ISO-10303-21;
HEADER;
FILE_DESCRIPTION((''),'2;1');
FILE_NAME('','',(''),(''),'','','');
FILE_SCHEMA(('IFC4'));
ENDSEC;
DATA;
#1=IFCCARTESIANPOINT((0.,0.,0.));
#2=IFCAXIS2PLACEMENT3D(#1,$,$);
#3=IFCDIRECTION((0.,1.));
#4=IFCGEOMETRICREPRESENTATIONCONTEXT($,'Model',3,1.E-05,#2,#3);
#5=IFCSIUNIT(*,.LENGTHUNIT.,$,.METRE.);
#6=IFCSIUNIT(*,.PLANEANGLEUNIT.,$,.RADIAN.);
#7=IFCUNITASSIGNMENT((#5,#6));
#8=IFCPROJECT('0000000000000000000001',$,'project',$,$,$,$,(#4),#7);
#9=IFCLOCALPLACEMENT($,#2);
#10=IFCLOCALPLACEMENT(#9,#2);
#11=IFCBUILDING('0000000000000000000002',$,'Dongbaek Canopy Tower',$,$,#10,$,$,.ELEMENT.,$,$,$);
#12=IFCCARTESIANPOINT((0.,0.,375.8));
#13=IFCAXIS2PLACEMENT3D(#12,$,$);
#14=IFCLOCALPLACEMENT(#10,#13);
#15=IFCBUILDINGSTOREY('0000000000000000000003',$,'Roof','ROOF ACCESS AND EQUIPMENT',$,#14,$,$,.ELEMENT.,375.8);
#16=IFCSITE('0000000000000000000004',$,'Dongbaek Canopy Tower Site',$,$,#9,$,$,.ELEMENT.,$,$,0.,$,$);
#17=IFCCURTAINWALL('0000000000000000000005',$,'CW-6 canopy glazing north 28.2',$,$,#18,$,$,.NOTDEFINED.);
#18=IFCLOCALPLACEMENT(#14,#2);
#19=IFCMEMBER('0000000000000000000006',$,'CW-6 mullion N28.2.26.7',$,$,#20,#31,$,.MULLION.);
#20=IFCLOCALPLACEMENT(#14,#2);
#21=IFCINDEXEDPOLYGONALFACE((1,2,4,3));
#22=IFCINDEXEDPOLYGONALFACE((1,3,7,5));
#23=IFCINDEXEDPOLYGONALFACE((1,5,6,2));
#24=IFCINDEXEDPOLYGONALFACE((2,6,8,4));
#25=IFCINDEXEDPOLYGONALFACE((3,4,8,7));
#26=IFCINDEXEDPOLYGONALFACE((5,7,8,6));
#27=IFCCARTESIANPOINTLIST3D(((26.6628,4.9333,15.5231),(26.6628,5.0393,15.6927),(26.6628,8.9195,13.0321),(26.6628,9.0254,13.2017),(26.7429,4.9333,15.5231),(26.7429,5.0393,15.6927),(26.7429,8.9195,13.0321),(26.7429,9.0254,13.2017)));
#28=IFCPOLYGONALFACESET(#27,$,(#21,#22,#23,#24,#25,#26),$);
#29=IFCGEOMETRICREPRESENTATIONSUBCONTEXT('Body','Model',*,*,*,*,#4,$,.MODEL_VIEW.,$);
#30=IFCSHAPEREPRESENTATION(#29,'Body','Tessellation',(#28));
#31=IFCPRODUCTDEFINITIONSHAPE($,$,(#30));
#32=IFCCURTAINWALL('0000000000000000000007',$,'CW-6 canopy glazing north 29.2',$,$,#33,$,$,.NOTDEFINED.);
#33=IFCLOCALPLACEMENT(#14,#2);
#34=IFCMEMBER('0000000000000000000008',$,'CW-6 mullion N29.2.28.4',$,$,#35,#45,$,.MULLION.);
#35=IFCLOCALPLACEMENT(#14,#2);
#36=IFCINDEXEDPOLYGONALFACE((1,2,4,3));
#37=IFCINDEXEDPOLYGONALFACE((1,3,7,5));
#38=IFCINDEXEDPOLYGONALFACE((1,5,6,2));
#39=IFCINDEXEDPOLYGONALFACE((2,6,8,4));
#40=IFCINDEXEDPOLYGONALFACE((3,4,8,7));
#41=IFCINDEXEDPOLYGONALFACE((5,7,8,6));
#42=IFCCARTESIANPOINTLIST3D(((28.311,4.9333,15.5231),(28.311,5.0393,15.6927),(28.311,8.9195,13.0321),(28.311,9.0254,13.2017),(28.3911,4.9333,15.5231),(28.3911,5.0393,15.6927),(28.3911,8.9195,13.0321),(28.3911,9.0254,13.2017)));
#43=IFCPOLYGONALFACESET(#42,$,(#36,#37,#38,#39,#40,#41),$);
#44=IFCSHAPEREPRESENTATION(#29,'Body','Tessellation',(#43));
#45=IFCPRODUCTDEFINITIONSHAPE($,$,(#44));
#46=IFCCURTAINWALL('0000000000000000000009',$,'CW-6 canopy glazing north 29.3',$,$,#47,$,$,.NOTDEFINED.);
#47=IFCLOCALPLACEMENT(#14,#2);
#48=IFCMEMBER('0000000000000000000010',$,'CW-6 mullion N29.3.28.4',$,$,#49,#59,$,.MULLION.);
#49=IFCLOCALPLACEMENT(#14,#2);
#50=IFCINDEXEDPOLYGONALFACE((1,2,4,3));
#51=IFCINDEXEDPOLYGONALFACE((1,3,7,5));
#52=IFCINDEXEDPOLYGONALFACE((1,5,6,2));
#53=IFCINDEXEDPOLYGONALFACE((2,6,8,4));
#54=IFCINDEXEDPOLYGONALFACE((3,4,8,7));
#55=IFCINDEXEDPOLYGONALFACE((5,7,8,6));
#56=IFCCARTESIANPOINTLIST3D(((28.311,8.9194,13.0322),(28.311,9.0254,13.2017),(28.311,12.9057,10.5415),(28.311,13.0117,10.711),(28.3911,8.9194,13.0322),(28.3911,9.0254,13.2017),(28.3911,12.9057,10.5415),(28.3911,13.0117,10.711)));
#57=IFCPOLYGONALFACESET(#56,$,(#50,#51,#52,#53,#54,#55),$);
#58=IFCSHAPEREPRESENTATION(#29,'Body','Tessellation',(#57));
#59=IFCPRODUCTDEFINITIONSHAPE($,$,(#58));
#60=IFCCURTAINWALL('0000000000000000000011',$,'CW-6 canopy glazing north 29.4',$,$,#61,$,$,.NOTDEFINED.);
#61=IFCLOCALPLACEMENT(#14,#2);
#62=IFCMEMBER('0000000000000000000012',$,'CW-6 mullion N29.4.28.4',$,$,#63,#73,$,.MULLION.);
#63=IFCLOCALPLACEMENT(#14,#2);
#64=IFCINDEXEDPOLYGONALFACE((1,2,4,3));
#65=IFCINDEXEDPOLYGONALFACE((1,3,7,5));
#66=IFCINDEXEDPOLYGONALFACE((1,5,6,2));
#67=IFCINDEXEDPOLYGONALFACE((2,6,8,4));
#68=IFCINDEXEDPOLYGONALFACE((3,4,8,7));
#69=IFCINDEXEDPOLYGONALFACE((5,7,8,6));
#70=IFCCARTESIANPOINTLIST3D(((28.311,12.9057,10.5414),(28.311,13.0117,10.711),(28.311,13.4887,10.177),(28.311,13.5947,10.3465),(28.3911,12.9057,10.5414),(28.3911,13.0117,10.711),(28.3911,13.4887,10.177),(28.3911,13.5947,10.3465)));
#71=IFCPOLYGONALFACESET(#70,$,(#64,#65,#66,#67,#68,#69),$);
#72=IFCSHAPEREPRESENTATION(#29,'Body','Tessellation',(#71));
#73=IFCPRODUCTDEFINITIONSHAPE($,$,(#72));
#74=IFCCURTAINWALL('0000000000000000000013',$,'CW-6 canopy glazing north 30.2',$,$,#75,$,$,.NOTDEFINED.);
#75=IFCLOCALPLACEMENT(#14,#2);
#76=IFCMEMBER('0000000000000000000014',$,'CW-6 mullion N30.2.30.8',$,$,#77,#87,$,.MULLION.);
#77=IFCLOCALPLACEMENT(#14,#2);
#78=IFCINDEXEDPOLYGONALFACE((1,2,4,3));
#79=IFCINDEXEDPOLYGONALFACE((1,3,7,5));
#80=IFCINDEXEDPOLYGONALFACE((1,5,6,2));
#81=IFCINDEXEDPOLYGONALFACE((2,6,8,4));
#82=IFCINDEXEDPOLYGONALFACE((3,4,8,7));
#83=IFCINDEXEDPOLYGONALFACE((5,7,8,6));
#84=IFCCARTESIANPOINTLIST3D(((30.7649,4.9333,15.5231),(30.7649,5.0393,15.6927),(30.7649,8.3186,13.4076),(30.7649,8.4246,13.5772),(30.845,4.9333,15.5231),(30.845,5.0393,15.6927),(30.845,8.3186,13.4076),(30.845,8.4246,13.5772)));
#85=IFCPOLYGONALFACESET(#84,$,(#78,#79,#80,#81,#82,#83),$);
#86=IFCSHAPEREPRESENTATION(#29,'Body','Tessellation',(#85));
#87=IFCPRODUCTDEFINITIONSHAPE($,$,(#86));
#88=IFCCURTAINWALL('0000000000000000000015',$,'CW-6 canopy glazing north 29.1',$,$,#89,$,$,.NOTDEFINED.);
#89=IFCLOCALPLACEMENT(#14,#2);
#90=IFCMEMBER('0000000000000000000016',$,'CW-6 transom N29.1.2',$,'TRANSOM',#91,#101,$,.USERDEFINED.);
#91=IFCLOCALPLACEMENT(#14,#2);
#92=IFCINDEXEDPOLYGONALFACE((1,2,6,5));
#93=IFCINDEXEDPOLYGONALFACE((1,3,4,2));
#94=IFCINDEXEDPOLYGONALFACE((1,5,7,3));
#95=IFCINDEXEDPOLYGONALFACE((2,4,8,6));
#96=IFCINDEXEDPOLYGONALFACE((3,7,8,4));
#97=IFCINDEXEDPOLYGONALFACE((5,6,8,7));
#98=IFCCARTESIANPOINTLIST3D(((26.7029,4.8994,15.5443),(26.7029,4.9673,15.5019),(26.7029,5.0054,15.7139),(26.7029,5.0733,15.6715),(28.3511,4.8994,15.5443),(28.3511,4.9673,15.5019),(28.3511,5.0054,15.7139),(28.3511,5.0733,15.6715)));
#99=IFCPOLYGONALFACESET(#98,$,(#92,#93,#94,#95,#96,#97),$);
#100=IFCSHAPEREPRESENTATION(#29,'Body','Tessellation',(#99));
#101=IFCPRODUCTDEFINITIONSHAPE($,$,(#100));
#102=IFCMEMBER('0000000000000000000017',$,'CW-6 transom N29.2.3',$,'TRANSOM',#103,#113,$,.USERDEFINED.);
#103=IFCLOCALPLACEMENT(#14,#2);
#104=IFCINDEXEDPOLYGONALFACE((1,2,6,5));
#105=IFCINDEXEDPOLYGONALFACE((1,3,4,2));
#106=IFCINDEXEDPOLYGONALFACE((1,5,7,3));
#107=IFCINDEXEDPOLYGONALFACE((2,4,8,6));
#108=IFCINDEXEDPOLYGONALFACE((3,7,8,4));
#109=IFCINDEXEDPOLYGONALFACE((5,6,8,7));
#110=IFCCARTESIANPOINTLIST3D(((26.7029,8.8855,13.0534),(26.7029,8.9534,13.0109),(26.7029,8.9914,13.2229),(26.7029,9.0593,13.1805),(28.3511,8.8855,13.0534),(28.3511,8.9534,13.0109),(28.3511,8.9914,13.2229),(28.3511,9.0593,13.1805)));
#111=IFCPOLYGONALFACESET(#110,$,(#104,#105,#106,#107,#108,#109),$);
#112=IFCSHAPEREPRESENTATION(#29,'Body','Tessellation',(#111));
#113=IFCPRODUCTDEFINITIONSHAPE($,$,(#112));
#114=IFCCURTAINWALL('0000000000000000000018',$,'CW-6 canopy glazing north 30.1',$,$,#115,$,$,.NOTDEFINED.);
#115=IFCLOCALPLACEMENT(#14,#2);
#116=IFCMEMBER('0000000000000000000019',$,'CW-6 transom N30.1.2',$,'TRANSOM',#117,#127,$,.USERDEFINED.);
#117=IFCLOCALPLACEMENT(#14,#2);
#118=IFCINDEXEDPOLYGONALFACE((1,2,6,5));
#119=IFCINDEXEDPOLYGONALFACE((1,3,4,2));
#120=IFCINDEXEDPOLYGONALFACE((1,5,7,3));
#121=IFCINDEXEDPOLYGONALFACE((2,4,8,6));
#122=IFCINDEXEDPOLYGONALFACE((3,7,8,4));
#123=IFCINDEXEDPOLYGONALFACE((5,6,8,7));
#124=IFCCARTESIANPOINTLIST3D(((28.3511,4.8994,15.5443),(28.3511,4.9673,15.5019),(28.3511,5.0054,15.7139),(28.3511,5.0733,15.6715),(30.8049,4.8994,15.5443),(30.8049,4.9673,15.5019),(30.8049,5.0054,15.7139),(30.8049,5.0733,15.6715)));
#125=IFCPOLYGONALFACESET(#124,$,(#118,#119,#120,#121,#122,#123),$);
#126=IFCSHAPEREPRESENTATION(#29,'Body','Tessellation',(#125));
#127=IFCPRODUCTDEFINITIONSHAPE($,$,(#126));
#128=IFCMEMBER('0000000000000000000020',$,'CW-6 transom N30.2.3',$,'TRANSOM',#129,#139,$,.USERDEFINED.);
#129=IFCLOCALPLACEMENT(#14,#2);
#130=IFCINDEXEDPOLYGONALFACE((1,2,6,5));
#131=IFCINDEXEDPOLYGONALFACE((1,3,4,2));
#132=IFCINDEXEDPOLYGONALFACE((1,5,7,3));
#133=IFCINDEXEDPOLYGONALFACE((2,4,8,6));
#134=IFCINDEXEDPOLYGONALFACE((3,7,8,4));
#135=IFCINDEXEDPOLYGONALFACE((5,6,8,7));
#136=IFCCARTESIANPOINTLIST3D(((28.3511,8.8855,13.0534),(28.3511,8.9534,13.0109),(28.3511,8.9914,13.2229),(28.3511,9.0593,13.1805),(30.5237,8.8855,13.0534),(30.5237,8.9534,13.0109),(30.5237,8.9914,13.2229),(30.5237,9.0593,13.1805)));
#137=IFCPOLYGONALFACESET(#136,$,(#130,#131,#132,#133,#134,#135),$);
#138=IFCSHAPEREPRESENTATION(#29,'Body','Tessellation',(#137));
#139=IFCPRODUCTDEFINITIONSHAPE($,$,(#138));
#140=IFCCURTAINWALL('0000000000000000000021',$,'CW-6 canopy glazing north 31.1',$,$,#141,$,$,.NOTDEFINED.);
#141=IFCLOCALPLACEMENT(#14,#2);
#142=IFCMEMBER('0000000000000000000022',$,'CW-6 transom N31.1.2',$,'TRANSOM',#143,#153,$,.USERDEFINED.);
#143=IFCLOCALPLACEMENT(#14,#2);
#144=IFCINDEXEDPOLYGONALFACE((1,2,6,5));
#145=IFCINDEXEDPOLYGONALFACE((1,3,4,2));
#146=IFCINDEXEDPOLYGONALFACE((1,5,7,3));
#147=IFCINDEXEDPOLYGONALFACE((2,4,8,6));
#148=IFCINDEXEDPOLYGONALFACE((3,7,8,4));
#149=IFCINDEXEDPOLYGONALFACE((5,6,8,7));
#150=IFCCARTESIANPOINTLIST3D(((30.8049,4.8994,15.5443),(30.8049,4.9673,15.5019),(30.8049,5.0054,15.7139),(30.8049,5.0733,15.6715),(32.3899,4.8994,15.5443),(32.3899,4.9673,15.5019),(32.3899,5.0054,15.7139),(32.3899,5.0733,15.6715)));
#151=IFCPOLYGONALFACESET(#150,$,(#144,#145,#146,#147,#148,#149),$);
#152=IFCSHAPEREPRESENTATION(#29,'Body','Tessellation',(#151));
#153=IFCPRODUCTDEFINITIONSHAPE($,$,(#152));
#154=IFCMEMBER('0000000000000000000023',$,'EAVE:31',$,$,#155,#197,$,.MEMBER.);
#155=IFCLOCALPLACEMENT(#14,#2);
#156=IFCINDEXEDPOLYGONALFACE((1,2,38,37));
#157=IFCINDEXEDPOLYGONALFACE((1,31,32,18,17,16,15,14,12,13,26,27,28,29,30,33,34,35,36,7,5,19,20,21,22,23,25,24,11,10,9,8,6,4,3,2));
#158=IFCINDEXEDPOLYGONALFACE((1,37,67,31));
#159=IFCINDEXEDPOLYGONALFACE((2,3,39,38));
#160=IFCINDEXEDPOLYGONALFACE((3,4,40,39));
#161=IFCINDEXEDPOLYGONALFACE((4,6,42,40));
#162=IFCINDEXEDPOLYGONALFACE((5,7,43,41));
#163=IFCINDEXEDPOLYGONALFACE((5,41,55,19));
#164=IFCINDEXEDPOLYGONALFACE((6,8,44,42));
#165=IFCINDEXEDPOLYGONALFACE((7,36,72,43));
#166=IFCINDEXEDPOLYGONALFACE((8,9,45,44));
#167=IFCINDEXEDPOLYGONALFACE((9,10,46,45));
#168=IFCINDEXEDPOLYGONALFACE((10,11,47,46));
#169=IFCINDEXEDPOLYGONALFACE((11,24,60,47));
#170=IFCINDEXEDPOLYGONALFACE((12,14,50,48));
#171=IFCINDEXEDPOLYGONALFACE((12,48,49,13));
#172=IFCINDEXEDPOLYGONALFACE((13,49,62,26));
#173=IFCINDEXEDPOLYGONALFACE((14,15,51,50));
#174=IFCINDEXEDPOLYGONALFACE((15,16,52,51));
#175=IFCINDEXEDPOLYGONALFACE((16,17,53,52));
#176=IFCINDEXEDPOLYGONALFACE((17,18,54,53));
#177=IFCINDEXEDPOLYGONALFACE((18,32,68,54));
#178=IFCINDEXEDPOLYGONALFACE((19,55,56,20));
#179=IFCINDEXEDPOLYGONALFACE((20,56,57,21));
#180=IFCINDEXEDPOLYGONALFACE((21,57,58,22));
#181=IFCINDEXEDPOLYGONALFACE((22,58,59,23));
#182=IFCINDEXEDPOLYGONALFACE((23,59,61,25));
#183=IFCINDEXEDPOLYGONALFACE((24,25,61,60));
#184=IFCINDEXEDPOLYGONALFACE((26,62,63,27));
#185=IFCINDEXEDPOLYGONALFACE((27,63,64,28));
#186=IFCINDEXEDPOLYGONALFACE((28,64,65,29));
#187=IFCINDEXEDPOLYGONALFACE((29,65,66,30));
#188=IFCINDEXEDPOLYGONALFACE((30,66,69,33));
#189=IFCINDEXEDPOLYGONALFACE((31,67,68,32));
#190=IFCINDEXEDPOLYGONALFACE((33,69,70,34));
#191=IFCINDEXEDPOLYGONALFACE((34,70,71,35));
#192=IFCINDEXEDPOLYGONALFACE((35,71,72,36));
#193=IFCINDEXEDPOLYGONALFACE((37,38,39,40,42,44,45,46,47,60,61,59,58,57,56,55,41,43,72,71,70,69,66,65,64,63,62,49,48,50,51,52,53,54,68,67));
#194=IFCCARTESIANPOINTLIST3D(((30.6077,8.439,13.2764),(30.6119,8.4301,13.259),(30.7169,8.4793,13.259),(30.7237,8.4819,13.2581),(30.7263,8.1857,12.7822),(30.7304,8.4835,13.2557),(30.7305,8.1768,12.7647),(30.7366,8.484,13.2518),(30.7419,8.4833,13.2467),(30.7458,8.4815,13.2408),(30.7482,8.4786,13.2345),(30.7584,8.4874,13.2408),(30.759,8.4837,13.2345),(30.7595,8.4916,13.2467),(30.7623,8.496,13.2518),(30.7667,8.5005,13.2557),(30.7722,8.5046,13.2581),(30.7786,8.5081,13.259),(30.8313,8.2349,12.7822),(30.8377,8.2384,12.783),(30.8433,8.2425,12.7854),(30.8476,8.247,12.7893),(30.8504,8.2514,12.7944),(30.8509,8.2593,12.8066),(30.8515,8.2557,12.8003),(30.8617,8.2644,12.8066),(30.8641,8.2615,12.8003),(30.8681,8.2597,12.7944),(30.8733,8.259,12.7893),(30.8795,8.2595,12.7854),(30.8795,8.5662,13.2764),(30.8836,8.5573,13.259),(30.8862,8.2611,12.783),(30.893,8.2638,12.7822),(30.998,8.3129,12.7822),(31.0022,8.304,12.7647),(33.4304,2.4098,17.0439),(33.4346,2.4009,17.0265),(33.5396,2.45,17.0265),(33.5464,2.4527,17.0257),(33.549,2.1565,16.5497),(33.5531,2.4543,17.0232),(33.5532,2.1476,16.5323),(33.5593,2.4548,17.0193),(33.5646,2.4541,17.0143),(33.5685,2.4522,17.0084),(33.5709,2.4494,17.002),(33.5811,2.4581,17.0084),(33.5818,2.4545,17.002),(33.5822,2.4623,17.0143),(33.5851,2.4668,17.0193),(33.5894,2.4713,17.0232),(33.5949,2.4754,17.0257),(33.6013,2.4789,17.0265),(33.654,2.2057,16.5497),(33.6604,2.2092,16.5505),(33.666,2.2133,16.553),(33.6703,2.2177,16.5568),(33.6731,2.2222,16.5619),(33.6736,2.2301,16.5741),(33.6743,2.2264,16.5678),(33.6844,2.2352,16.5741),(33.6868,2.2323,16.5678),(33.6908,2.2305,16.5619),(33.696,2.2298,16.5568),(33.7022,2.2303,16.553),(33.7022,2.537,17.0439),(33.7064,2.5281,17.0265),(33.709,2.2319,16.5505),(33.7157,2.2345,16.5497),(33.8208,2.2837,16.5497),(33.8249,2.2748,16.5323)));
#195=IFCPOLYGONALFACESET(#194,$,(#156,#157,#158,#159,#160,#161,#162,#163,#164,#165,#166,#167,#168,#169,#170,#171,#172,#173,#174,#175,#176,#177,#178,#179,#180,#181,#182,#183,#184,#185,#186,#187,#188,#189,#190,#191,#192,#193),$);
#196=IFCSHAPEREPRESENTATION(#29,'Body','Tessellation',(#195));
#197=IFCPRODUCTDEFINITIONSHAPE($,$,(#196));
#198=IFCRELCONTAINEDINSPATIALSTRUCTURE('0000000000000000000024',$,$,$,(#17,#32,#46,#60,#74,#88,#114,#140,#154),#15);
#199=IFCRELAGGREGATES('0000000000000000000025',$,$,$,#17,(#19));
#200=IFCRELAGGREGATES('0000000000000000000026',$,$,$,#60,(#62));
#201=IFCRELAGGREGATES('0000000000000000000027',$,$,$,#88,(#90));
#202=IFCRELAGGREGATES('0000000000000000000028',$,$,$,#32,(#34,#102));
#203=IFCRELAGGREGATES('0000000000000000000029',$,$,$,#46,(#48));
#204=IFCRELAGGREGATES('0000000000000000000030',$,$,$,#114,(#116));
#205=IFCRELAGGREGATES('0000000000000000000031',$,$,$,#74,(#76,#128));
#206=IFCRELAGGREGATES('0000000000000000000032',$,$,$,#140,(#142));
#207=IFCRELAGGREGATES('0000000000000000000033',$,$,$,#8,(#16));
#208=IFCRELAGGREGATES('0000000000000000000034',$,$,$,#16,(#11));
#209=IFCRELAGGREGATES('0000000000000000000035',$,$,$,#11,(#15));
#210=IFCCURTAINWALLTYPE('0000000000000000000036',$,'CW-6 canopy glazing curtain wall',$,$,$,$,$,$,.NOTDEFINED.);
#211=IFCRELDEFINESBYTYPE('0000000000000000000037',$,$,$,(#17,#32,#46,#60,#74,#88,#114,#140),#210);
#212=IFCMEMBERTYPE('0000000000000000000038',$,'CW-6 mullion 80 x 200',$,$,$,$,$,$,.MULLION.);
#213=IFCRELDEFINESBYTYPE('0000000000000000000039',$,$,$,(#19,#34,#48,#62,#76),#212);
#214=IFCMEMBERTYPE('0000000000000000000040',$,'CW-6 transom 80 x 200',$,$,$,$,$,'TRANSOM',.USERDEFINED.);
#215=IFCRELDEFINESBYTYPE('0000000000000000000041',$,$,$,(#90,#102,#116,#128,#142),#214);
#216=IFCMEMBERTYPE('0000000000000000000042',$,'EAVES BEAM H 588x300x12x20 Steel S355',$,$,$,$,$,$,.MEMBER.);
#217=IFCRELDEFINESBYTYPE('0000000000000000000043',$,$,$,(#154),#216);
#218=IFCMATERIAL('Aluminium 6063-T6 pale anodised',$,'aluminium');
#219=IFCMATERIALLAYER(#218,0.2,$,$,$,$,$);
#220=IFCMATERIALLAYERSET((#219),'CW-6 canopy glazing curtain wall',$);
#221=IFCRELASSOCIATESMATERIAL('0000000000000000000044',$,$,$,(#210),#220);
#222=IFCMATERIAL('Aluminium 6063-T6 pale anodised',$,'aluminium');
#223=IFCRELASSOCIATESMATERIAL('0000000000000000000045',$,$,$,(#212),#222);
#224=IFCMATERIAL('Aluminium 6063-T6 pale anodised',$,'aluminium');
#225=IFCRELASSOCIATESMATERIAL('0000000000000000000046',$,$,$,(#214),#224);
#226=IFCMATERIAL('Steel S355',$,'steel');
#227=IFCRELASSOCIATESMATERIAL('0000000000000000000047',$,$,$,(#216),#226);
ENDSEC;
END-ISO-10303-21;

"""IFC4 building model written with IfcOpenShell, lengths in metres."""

from ifc_helpers import new_model, si_unit, direction, frame, origin, origin_2d, place, context, subcontext, project, spatial, rectangle, i_section, extrude, material, layer, layer_set, material_profile, profile_set, type_object, element, aggregate, save


model = new_model("IFC4")

# Units and contexts
model_context = context("Model", 3, precision=1e-05, world=origin(), true_north=direction((0.0, 1.0)))
body_context = subcontext(model_context, "Body", "Model", "MODEL_VIEW")
ifc_project = project(units=[si_unit("LENGTHUNIT", "METRE"), si_unit("PLANEANGLEUNIT", "RADIAN")], contexts=[model_context])

# Site, building, storey
site_placement = place(None, origin())
site = spatial("IfcSite", under=ifc_project, at=site_placement, Name="Dongbaek Canopy Tower Site", CompositionType="ELEMENT", RefElevation=0.0)
building_placement = place(site_placement, origin())
building = spatial("IfcBuilding", under=site, at=building_placement, Name="Dongbaek Canopy Tower", CompositionType="ELEMENT")
storey_placement = place(building_placement, frame((0.0, 0.0, 375.8)))
storey = spatial("IfcBuildingStorey", under=building, at=storey_placement, Name="Roof", Description="ROOF ACCESS AND EQUIPMENT", CompositionType="ELEMENT", Elevation=375.8)

# Curtain walls, members
ifc_material_1 = material(Name="Aluminium 6063-T6 pale anodised", Category="aluminium")
ifc_layer_1 = layer(ifc_material_1, 0.2)
ifc_layer_set_1 = layer_set([ifc_layer_1], Name="CW-6 canopy glazing curtain wall")
curtain_wall_type = type_object("IfcCurtainWallType", Name="CW-6 canopy glazing curtain wall", PredefinedType="NOTDEFINED", material=ifc_layer_set_1)
curtain_wall_1_placement = place(storey_placement, origin())
curtain_wall_1 = element("IfcCurtainWall", 1, at=curtain_wall_1_placement, inside=storey, type_object=curtain_wall_type, Name="CW-6 canopy glazing north 28.2", PredefinedType="NOTDEFINED")
ifc_material_2 = material(Name="Aluminium 6063-T6 pale anodised", Category="aluminium")
ifc_material_profile_1 = material_profile(ifc_material_2, rectangle(XDim=0.0801, YDim=0.2, at=origin_2d()), Name="CW-6 mullion 80 x 200")
ifc_profile_set_1 = profile_set([ifc_material_profile_1], Name="Aluminium 6063-T6 pale anodised")
member_type_1 = type_object("IfcMemberType", Name="CW-6 mullion 80 x 200", PredefinedType="MULLION", material=ifc_profile_set_1)
member_1_placement = place(storey_placement, frame((26.7029, 4.9863, 15.6079), z_axis=(0.0, 0.84803, -0.529948), x_axis=(-1.0, 0.0, 0.0)))
member_1 = element("IfcMember", 2, at=member_1_placement, type_object=member_type_1, Name="CW-6 mullion N28.2.26.7", PredefinedType="MULLION", context=body_context, shape_type="SweptSolid", body=[
    extrude(rectangle(XDim=0.0801, YDim=0.2, at=origin_2d()), origin(), (0.0, 0.0, 1.0), 4.7004),
])
aggregate(curtain_wall_1, [member_1])
curtain_wall_2_placement = place(storey_placement, origin())
curtain_wall_2 = element("IfcCurtainWall", 3, at=curtain_wall_2_placement, inside=storey, type_object=curtain_wall_type, Name="CW-6 canopy glazing north 29.2", PredefinedType="NOTDEFINED")
member_2_placement = place(storey_placement, frame((28.3511, 4.9863, 15.6079), z_axis=(0.0, 0.84803, -0.529948), x_axis=(-1.0, 0.0, 0.0)))
member_2 = element("IfcMember", 4, at=member_2_placement, type_object=member_type_1, Name="CW-6 mullion N29.2.28.4", PredefinedType="MULLION", context=body_context, shape_type="SweptSolid", body=[
    extrude(rectangle(XDim=0.0801, YDim=0.2, at=origin_2d()), origin(), (0.0, 0.0, 1.0), 4.7004),
])
curtain_wall_3_placement = place(storey_placement, origin())
curtain_wall_3 = element("IfcCurtainWall", 5, at=curtain_wall_3_placement, inside=storey, type_object=curtain_wall_type, Name="CW-6 canopy glazing north 29.3", PredefinedType="NOTDEFINED")
member_3_placement = place(storey_placement, frame((28.3511, 8.9724, 13.1169), z_axis=(0.0, 0.848068, -0.529887), x_axis=(-1.0, 0.0, 0.0)))
member_3 = element("IfcMember", 6, at=member_3_placement, type_object=member_type_1, Name="CW-6 mullion N29.3.28.4", PredefinedType="MULLION", context=body_context, shape_type="SweptSolid", body=[
    extrude(rectangle(XDim=0.0801, YDim=0.2, at=origin_2d()), origin(), (0.0, 0.0, 1.0), 4.7004),
])
curtain_wall_4_placement = place(storey_placement, origin())
curtain_wall_4 = element("IfcCurtainWall", 7, at=curtain_wall_4_placement, inside=storey, type_object=curtain_wall_type, Name="CW-6 canopy glazing north 29.4", PredefinedType="NOTDEFINED")
member_4_placement = place(storey_placement, frame((28.3511, 12.9587, 10.6262), z_axis=(0.0, 0.847919, -0.530127), x_axis=(-1.0, 0.0, 0.0)))
member_4 = element("IfcMember", 8, at=member_4_placement, type_object=member_type_1, Name="CW-6 mullion N29.4.28.4", PredefinedType="MULLION", context=body_context, shape_type="SweptSolid", body=[
    extrude(rectangle(XDim=0.0801, YDim=0.2, at=origin_2d()), origin(), (0.0, 0.0, 1.0), 0.6875),
])
aggregate(curtain_wall_4, [member_4])
curtain_wall_5_placement = place(storey_placement, origin())
curtain_wall_5 = element("IfcCurtainWall", 9, at=curtain_wall_5_placement, inside=storey, type_object=curtain_wall_type, Name="CW-6 canopy glazing north 30.2", PredefinedType="NOTDEFINED")
member_5_placement = place(storey_placement, frame((30.8049, 4.9863, 15.6079), z_axis=(0.0, 0.848033, -0.529944), x_axis=(-1.0, 0.0, 0.0)))
member_5 = element("IfcMember", 10, at=member_5_placement, type_object=member_type_1, Name="CW-6 mullion N30.2.30.8", PredefinedType="MULLION", context=body_context, shape_type="SweptSolid", body=[
    extrude(rectangle(XDim=0.0801, YDim=0.2, at=origin_2d()), origin(), (0.0, 0.0, 1.0), 3.9919),
])
curtain_wall_6_placement = place(storey_placement, origin())
curtain_wall_6 = element("IfcCurtainWall", 11, at=curtain_wall_6_placement, inside=storey, type_object=curtain_wall_type, Name="CW-6 canopy glazing north 29.1", PredefinedType="NOTDEFINED")
ifc_material_3 = material(Name="Aluminium 6063-T6 pale anodised", Category="aluminium")
ifc_material_profile_2 = material_profile(ifc_material_3, rectangle(XDim=0.0801, YDim=0.2, at=origin_2d()), Name="CW-6 transom 80 x 200")
ifc_profile_set_2 = profile_set([ifc_material_profile_2], Name="Aluminium 6063-T6 pale anodised")
member_type_2 = type_object("IfcMemberType", Name="CW-6 transom 80 x 200", ElementType="TRANSOM", PredefinedType="USERDEFINED", material=ifc_profile_set_2)
member_6_placement = place(storey_placement, frame((26.7029, 4.9863, 15.6079), z_axis=(1.0, 0.0, 0.0), x_axis=(0.0, 0.848048, -0.529919)))
member_6 = element("IfcMember", 12, at=member_6_placement, type_object=member_type_2, Name="CW-6 transom N29.1.2", ObjectType="TRANSOM", PredefinedType="USERDEFINED", context=body_context, shape_type="SweptSolid", body=[
    extrude(rectangle(XDim=0.0801, YDim=0.2, at=origin_2d()), origin(), (0.0, 0.0, 1.0), 1.6482),
])
aggregate(curtain_wall_6, [member_6])

# Member
member_7_placement = place(storey_placement, frame((26.7029, 8.9724, 13.1169), z_axis=(1.0, 0.0, 0.0), x_axis=(0.0, 0.848048, -0.529919)))
member_7 = element("IfcMember", 13, at=member_7_placement, type_object=member_type_2, Name="CW-6 transom N29.2.3", ObjectType="TRANSOM", PredefinedType="USERDEFINED", context=body_context, shape_type="SweptSolid", body=[
    extrude(rectangle(XDim=0.0801, YDim=0.2, at=origin_2d()), origin(), (0.0, 0.0, 1.0), 1.6482),
])

# Curtain wall, member
curtain_wall_7_placement = place(storey_placement, origin())
curtain_wall_7 = element("IfcCurtainWall", 14, at=curtain_wall_7_placement, inside=storey, type_object=curtain_wall_type, Name="CW-6 canopy glazing north 30.1", PredefinedType="NOTDEFINED")
member_8_placement = place(storey_placement, frame((28.3511, 4.9863, 15.6079), z_axis=(1.0, 0.0, 0.0), x_axis=(0.0, 0.848048, -0.529919)))
member_8 = element("IfcMember", 15, at=member_8_placement, type_object=member_type_2, Name="CW-6 transom N30.1.2", ObjectType="TRANSOM", PredefinedType="USERDEFINED", context=body_context, shape_type="SweptSolid", body=[
    extrude(rectangle(XDim=0.0801, YDim=0.2, at=origin_2d()), origin(), (0.0, 0.0, 1.0), 2.4539),
])

# Member
member_9_placement = place(storey_placement, frame((28.3511, 8.9724, 13.1169), z_axis=(1.0, 0.0, 0.0), x_axis=(0.0, 0.848048, -0.529919)))
member_9 = element("IfcMember", 16, at=member_9_placement, type_object=member_type_2, Name="CW-6 transom N30.2.3", ObjectType="TRANSOM", PredefinedType="USERDEFINED", context=body_context, shape_type="SweptSolid", body=[
    extrude(rectangle(XDim=0.0801, YDim=0.2, at=origin_2d()), origin(), (0.0, 0.0, 1.0), 2.1726),
])

# Curtain wall, member
curtain_wall_8_placement = place(storey_placement, origin())
curtain_wall_8 = element("IfcCurtainWall", 17, at=curtain_wall_8_placement, inside=storey, type_object=curtain_wall_type, Name="CW-6 canopy glazing north 31.1", PredefinedType="NOTDEFINED")
member_10_placement = place(storey_placement, frame((30.8049, 4.9863, 15.6079), z_axis=(1.0, 0.0, 0.0), x_axis=(0.0, 0.848048, -0.529919)))
member_10 = element("IfcMember", 18, at=member_10_placement, type_object=member_type_2, Name="CW-6 transom N31.1.2", ObjectType="TRANSOM", PredefinedType="USERDEFINED", context=body_context, shape_type="SweptSolid", body=[
    extrude(rectangle(XDim=0.0801, YDim=0.2, at=origin_2d()), origin(), (0.0, 0.0, 1.0), 1.585),
])

# Member
ifc_material_4 = material(Name="Steel S355", Category="steel")
ifc_material_profile_3 = material_profile(ifc_material_4, i_section(OverallWidth=0.3, OverallDepth=0.5879, WebThickness=0.012, FlangeThickness=0.02, FilletRadius=0.0281, at=origin_2d()), Name="EAVES BEAM H 588x300x12x20 Steel S355")
ifc_profile_set_3 = profile_set([ifc_material_profile_3], Name="Steel S355")
member_type_3 = type_object("IfcMemberType", Name="EAVES BEAM H 588x300x12x20 Steel S355", PredefinedType="MEMBER", material=ifc_profile_set_3)
member_11_placement = place(storey_placement, frame((33.6277, 2.3423, 16.7881), z_axis=(-0.369011, 0.788194, -0.492525), x_axis=(-0.90566, -0.424005, 0.0)))
element("IfcMember", 19, at=member_11_placement, inside=storey, type_object=member_type_3, Name="EAVE:31", PredefinedType="MEMBER", context=body_context, shape_type="SweptSolid", body=[
    extrude(i_section(OverallWidth=0.3, OverallDepth=0.5879, WebThickness=0.012, FlangeThickness=0.02, FilletRadius=0.0281, at=origin_2d()), origin(), (0.0, 0.0, 1.0), 7.6494),
])

aggregate(curtain_wall_2, [member_2, member_7])
aggregate(curtain_wall_3, [member_3])
aggregate(curtain_wall_7, [member_8])
aggregate(curtain_wall_5, [member_5, member_9])

aggregate(curtain_wall_8, [member_10])

save(model, "model.ifc")
